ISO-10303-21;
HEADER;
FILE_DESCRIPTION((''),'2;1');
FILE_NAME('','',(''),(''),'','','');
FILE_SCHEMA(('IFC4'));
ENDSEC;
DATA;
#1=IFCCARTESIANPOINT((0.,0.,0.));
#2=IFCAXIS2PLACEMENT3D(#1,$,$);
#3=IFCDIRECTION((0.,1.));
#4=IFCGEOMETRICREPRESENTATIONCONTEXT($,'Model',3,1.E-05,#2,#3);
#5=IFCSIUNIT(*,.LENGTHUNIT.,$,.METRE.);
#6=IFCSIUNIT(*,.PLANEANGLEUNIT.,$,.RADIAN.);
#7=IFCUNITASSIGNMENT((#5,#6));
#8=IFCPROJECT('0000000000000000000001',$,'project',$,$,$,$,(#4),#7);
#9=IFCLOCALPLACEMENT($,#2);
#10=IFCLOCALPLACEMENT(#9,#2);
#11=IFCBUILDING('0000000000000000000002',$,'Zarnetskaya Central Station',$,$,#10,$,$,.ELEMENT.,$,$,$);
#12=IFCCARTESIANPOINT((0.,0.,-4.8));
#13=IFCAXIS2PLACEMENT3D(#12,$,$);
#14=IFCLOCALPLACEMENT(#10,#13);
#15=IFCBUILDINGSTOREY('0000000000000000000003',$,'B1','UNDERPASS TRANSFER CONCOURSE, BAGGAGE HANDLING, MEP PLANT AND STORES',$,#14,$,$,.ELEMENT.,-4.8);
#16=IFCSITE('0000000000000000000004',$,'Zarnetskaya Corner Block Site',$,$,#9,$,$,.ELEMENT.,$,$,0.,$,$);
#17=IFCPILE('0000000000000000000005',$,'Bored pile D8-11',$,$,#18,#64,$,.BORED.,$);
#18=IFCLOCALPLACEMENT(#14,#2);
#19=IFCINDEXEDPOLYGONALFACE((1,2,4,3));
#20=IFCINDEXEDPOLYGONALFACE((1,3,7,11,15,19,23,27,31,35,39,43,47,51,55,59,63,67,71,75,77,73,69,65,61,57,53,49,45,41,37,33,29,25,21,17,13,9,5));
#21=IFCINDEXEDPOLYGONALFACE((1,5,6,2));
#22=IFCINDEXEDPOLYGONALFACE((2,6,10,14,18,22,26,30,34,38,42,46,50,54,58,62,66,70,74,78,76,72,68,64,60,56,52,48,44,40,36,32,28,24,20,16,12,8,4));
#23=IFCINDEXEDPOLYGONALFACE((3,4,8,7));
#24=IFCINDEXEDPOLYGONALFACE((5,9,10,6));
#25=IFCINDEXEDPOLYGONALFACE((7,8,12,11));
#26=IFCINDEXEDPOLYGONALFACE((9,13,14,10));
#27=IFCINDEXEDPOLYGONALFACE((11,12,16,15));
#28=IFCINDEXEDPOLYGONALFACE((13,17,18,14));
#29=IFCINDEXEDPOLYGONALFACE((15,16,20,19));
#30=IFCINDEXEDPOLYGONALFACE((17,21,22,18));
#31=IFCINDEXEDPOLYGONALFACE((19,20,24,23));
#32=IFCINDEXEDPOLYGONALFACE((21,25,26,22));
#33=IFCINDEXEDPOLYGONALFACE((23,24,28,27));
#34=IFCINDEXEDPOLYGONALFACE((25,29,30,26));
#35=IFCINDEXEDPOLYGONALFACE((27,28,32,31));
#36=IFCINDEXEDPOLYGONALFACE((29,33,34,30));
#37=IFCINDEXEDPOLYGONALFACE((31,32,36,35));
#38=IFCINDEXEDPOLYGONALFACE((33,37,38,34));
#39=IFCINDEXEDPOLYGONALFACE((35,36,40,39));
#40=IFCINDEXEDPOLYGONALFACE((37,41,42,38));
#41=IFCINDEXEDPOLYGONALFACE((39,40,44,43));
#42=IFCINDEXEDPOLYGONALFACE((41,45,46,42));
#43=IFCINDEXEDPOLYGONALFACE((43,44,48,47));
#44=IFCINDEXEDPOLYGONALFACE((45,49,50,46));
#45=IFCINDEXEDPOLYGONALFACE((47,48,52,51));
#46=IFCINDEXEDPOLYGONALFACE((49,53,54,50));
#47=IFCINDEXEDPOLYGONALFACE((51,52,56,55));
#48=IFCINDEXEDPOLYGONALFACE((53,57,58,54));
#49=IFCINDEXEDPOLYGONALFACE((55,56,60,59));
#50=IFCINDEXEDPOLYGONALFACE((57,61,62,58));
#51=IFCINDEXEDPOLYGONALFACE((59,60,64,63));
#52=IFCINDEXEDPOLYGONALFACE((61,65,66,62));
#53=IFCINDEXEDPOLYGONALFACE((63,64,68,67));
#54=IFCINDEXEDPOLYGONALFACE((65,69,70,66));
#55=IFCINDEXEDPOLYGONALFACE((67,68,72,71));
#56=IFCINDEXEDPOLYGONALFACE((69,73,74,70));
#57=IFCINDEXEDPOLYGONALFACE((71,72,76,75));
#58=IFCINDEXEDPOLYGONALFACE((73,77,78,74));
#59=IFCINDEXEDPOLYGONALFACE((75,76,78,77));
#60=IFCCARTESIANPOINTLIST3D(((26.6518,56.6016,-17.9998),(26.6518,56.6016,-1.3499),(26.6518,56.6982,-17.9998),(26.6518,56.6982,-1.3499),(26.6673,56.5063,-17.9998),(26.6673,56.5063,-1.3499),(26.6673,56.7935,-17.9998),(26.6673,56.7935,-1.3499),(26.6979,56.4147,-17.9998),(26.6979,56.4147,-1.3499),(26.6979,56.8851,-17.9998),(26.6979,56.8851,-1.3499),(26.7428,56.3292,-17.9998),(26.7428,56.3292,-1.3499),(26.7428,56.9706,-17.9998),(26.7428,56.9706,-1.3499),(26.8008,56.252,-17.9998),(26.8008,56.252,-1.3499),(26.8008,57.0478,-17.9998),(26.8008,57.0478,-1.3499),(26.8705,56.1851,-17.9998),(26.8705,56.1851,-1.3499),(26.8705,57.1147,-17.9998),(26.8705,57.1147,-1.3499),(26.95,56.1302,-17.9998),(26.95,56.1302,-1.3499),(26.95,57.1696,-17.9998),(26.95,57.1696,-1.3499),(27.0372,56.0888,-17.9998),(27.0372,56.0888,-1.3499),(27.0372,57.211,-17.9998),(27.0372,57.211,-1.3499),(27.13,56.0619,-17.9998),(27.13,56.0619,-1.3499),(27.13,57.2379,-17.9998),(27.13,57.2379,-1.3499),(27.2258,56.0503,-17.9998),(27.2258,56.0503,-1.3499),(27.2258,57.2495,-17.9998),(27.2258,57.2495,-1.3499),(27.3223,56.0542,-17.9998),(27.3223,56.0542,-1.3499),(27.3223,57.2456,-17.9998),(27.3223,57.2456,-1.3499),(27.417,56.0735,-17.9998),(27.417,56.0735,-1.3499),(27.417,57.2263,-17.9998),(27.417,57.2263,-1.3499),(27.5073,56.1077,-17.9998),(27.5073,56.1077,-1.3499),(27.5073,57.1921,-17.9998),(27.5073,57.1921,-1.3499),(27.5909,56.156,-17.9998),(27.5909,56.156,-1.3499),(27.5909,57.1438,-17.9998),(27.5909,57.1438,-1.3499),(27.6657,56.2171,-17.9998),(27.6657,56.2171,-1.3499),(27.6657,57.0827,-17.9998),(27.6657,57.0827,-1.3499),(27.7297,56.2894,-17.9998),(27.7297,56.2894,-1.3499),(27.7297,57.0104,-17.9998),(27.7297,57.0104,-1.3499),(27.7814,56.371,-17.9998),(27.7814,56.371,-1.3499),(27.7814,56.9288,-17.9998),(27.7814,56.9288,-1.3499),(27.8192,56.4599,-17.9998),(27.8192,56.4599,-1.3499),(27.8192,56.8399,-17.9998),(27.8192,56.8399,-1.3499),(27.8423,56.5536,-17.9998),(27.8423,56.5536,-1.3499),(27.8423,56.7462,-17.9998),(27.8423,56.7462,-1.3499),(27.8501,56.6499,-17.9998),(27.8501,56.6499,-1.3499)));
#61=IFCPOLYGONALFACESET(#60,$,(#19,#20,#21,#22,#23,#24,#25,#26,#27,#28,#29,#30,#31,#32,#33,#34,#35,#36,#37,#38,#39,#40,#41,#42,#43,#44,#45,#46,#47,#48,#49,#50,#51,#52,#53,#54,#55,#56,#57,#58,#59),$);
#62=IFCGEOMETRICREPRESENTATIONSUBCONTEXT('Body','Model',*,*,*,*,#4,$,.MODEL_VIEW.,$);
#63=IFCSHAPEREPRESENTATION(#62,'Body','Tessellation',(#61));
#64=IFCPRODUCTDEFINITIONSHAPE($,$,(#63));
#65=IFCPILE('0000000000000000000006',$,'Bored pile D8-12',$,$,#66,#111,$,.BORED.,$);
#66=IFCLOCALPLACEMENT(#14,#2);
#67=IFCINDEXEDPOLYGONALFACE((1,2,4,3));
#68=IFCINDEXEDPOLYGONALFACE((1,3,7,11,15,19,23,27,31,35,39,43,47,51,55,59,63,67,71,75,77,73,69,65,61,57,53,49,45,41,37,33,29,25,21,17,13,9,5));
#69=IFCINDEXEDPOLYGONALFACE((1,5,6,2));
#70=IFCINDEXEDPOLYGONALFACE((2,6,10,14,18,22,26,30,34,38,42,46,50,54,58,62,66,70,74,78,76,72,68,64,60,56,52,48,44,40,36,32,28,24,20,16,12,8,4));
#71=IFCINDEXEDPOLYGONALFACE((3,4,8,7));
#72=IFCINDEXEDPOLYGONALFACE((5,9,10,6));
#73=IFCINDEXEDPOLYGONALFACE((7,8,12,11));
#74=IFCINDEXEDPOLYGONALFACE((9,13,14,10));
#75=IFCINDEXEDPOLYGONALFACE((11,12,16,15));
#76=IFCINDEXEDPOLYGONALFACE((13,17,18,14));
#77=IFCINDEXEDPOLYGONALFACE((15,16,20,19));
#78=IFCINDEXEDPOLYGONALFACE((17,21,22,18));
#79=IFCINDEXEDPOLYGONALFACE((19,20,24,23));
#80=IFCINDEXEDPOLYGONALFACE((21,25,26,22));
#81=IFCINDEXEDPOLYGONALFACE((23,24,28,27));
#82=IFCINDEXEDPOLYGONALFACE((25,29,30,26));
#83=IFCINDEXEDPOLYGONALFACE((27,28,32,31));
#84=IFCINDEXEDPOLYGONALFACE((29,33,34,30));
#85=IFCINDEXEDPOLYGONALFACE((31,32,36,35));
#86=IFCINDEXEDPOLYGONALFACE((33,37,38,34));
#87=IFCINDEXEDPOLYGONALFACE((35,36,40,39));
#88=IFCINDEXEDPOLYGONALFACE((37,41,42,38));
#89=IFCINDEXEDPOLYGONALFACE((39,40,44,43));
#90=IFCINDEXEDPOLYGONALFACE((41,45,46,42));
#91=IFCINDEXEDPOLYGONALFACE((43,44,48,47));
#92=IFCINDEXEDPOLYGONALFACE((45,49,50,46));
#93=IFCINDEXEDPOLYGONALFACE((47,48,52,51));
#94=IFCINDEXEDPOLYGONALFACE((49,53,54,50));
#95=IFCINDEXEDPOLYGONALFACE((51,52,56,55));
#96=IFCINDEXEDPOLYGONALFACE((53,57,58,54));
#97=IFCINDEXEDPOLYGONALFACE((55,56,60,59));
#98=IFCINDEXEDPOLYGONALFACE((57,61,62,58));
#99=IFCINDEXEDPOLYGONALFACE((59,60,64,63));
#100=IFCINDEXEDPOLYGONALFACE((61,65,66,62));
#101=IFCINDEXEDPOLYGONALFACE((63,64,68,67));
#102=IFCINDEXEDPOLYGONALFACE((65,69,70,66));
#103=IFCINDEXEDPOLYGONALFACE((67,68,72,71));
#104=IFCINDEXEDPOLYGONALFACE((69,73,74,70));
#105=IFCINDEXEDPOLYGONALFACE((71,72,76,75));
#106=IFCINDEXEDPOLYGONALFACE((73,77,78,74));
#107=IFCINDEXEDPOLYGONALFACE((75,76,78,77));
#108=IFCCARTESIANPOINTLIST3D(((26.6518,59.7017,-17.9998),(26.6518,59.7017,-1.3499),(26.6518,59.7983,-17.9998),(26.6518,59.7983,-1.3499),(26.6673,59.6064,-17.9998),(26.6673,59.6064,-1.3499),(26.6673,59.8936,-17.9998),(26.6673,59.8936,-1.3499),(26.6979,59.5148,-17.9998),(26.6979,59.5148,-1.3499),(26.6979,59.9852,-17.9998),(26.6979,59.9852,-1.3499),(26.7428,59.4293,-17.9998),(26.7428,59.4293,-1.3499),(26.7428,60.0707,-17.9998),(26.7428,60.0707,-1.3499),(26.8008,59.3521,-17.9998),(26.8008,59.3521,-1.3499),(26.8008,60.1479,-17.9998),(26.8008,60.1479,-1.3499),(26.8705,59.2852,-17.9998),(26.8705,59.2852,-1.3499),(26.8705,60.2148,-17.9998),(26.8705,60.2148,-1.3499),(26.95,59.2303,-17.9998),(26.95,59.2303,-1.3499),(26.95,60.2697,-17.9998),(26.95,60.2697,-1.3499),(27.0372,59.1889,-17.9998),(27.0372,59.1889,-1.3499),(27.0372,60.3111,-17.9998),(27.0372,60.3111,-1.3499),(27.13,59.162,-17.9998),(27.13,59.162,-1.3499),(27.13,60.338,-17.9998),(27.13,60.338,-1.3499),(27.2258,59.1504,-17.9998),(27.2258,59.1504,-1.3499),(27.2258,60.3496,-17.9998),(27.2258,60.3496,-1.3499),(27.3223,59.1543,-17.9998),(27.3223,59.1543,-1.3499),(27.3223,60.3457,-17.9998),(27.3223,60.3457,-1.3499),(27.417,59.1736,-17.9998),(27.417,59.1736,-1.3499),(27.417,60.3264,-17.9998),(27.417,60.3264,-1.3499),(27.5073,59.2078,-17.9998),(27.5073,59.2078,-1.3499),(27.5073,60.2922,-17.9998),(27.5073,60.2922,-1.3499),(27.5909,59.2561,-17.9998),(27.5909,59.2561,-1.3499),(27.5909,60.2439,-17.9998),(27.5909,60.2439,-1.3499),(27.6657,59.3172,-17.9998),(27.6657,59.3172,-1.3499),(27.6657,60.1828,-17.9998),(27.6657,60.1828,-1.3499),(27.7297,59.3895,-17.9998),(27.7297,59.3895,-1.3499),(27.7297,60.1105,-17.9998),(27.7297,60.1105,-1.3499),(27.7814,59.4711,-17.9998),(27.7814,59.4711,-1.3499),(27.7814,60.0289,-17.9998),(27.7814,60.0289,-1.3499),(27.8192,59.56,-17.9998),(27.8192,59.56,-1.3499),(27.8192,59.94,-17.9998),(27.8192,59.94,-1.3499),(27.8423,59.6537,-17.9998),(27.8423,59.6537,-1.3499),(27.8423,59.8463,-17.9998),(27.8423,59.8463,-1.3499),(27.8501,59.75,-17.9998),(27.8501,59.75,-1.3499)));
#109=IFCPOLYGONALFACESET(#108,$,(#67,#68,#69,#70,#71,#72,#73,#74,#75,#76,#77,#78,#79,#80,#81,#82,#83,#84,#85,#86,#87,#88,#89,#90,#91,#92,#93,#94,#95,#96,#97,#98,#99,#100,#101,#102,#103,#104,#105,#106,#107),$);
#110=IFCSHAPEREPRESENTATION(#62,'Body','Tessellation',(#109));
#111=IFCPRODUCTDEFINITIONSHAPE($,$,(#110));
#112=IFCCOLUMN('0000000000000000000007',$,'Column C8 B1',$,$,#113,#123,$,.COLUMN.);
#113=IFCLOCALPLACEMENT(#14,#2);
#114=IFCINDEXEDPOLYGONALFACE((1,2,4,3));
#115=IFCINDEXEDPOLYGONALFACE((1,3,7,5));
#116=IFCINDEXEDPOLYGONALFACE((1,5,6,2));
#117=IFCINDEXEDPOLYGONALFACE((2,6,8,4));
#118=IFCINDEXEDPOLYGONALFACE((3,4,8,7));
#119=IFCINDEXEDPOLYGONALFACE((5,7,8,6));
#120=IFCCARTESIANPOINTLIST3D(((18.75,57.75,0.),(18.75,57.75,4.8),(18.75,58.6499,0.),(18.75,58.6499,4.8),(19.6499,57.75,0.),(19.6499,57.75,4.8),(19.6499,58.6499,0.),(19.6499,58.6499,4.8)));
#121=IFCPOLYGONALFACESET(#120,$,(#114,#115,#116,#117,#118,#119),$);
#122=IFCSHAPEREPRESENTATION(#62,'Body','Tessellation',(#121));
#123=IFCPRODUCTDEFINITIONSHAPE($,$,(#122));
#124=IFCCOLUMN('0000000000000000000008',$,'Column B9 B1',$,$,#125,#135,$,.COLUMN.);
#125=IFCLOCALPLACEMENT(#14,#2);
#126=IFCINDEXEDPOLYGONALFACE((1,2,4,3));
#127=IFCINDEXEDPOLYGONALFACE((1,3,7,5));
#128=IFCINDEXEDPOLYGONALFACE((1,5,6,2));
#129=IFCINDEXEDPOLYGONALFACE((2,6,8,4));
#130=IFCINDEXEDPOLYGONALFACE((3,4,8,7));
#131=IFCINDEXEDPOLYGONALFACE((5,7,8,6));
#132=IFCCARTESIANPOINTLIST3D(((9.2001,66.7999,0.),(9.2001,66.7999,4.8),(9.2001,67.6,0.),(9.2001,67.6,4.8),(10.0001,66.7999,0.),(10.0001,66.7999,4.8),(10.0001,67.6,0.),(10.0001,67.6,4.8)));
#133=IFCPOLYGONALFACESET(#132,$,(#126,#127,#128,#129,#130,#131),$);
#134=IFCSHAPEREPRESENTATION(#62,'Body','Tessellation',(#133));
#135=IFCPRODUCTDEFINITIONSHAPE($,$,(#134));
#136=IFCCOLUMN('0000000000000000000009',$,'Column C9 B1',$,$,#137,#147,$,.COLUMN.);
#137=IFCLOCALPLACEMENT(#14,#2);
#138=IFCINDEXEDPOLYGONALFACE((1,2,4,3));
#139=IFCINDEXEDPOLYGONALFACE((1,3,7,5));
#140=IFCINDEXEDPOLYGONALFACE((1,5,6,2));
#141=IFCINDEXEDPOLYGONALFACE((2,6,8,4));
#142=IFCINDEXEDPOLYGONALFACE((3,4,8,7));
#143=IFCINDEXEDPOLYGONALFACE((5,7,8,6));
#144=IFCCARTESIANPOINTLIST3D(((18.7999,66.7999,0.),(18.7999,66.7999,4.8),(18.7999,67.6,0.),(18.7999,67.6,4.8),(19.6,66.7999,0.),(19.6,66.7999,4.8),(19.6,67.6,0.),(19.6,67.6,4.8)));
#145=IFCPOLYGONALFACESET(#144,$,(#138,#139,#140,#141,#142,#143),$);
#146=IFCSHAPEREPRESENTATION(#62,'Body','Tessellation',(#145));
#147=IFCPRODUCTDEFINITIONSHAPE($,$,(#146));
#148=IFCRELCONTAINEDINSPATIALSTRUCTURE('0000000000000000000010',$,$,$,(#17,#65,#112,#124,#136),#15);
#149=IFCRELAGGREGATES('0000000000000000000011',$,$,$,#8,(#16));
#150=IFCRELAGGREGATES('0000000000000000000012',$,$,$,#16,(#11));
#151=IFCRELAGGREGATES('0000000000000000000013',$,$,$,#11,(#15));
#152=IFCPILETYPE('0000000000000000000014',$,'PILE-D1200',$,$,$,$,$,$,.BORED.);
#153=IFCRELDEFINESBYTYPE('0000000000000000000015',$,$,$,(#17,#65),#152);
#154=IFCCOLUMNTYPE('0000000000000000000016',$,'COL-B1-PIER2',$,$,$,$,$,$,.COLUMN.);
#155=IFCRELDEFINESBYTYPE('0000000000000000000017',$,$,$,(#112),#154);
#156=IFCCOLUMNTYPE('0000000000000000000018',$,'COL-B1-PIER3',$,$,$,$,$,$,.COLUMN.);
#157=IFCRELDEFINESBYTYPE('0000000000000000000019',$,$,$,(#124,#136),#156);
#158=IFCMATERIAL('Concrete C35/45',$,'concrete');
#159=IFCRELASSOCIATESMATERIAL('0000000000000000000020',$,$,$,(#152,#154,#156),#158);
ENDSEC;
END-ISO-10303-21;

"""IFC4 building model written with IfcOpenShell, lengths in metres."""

from ifc_helpers import new_model, si_unit, direction, frame, origin, origin_2d, place, context, subcontext, project, spatial, rectangle, circle, extrude, material, material_profile, profile_set, type_object, element, save


model = new_model("IFC4")

# Units and contexts
model_context = context("Model", 3, precision=1e-05, world=origin(), true_north=direction((0.0, 1.0)))
body_context = subcontext(model_context, "Body", "Model", "MODEL_VIEW")
ifc_project = project(units=[si_unit("LENGTHUNIT", "METRE"), si_unit("PLANEANGLEUNIT", "RADIAN")], contexts=[model_context])

# Site, building, storey
site_placement = place(None, origin())
site = spatial("IfcSite", under=ifc_project, at=site_placement, Name="Zarnetskaya Corner Block Site", CompositionType="ELEMENT", RefElevation=0.0)
building_placement = place(site_placement, origin())
building = spatial("IfcBuilding", under=site, at=building_placement, Name="Zarnetskaya Central Station", CompositionType="ELEMENT")
storey_placement = place(building_placement, frame((0.0, 0.0, -4.8)))
storey = spatial("IfcBuildingStorey", under=building, at=storey_placement, Name="B1", Description="UNDERPASS TRANSFER CONCOURSE, BAGGAGE HANDLING, MEP PLANT AND STORES", CompositionType="ELEMENT", Elevation=-4.8)

# Shared definitions
ifc_material = material(Name="Concrete C35/45", Category="concrete")

# Piles
ifc_material_profile_1 = material_profile(ifc_material, circle(Radius=0.6001, at=origin_2d()), Name="BORED PILE D1200")
ifc_profile_set_1 = profile_set([ifc_material_profile_1], Name="Concrete C35/45")
pile_type_1 = type_object("IfcPileType", Name="PILE-D1200", PredefinedType="BORED", material=ifc_profile_set_1)
for number, where, z_axis, x_axis, name in (
    (1, (27.25, 56.6499, -1.3499), (0.0, 0.0, -1.0), (1.0, 0.0, 0.0), "Bored pile D8-11"),
    (2, (27.25, 59.75, -1.3499), (0.0, 0.0, -1.0), (1.0, 0.0, 0.0), "Bored pile D8-12"),
):
    element("IfcPile", number, at=place(storey_placement, frame(where, z_axis=z_axis, x_axis=x_axis)), inside=storey, type_object=pile_type_1, Name=name, PredefinedType="BORED", context=body_context, shape_type="SweptSolid", body=[
        extrude(circle(Radius=0.6001, at=origin_2d()), origin(), (0.0, 0.0, 1.0), 16.6499),
    ])

# Columns
ifc_material_profile_2 = material_profile(ifc_material, rectangle(XDim=0.8999, YDim=0.8999, at=origin_2d()), Name="RC 900x900")
ifc_profile_set_2 = profile_set([ifc_material_profile_2], Name="Concrete C35/45")
column_type_1 = type_object("IfcColumnType", Name="COL-B1-PIER2", PredefinedType="COLUMN", material=ifc_profile_set_2)
column_placement = place(storey_placement, frame((19.2, 58.2, 0.0), z_axis=(0.0, 0.0, 1.0), x_axis=(1.0, 0.0, 0.0)))
element("IfcColumn", 3, at=column_placement, inside=storey, type_object=column_type_1, Name="Column C8 B1", PredefinedType="COLUMN", context=body_context, shape_type="SweptSolid", body=[
    extrude(rectangle(XDim=0.8999, YDim=0.8999, at=origin_2d()), origin(), (0.0, 0.0, 1.0), 4.8),
])
ifc_material_profile_3 = material_profile(ifc_material, rectangle(XDim=0.8, YDim=0.8, at=origin_2d()), Name="RC 800x800")
ifc_profile_set_3 = profile_set([ifc_material_profile_3], Name="Concrete C35/45")
column_type_2 = type_object("IfcColumnType", Name="COL-B1-PIER3", PredefinedType="COLUMN", material=ifc_profile_set_3)
for number, where, z_axis, x_axis, name in (
    (4, (9.6001, 67.2, 0.0), (0.0, 0.0, 1.0), (1.0, 0.0, 0.0), "Column B9 B1"),
    (5, (19.2, 67.2, 0.0), (0.0, 0.0, 1.0), (1.0, 0.0, 0.0), "Column C9 B1"),
):
    element("IfcColumn", number, at=place(storey_placement, frame(where, z_axis=z_axis, x_axis=x_axis)), inside=storey, type_object=column_type_2, Name=name, PredefinedType="COLUMN", context=body_context, shape_type="SweptSolid", body=[
        extrude(rectangle(XDim=0.8, YDim=0.8, at=origin_2d()), origin(), (0.0, 0.0, 1.0), 4.8),
    ])

save(model, "model.ifc")
